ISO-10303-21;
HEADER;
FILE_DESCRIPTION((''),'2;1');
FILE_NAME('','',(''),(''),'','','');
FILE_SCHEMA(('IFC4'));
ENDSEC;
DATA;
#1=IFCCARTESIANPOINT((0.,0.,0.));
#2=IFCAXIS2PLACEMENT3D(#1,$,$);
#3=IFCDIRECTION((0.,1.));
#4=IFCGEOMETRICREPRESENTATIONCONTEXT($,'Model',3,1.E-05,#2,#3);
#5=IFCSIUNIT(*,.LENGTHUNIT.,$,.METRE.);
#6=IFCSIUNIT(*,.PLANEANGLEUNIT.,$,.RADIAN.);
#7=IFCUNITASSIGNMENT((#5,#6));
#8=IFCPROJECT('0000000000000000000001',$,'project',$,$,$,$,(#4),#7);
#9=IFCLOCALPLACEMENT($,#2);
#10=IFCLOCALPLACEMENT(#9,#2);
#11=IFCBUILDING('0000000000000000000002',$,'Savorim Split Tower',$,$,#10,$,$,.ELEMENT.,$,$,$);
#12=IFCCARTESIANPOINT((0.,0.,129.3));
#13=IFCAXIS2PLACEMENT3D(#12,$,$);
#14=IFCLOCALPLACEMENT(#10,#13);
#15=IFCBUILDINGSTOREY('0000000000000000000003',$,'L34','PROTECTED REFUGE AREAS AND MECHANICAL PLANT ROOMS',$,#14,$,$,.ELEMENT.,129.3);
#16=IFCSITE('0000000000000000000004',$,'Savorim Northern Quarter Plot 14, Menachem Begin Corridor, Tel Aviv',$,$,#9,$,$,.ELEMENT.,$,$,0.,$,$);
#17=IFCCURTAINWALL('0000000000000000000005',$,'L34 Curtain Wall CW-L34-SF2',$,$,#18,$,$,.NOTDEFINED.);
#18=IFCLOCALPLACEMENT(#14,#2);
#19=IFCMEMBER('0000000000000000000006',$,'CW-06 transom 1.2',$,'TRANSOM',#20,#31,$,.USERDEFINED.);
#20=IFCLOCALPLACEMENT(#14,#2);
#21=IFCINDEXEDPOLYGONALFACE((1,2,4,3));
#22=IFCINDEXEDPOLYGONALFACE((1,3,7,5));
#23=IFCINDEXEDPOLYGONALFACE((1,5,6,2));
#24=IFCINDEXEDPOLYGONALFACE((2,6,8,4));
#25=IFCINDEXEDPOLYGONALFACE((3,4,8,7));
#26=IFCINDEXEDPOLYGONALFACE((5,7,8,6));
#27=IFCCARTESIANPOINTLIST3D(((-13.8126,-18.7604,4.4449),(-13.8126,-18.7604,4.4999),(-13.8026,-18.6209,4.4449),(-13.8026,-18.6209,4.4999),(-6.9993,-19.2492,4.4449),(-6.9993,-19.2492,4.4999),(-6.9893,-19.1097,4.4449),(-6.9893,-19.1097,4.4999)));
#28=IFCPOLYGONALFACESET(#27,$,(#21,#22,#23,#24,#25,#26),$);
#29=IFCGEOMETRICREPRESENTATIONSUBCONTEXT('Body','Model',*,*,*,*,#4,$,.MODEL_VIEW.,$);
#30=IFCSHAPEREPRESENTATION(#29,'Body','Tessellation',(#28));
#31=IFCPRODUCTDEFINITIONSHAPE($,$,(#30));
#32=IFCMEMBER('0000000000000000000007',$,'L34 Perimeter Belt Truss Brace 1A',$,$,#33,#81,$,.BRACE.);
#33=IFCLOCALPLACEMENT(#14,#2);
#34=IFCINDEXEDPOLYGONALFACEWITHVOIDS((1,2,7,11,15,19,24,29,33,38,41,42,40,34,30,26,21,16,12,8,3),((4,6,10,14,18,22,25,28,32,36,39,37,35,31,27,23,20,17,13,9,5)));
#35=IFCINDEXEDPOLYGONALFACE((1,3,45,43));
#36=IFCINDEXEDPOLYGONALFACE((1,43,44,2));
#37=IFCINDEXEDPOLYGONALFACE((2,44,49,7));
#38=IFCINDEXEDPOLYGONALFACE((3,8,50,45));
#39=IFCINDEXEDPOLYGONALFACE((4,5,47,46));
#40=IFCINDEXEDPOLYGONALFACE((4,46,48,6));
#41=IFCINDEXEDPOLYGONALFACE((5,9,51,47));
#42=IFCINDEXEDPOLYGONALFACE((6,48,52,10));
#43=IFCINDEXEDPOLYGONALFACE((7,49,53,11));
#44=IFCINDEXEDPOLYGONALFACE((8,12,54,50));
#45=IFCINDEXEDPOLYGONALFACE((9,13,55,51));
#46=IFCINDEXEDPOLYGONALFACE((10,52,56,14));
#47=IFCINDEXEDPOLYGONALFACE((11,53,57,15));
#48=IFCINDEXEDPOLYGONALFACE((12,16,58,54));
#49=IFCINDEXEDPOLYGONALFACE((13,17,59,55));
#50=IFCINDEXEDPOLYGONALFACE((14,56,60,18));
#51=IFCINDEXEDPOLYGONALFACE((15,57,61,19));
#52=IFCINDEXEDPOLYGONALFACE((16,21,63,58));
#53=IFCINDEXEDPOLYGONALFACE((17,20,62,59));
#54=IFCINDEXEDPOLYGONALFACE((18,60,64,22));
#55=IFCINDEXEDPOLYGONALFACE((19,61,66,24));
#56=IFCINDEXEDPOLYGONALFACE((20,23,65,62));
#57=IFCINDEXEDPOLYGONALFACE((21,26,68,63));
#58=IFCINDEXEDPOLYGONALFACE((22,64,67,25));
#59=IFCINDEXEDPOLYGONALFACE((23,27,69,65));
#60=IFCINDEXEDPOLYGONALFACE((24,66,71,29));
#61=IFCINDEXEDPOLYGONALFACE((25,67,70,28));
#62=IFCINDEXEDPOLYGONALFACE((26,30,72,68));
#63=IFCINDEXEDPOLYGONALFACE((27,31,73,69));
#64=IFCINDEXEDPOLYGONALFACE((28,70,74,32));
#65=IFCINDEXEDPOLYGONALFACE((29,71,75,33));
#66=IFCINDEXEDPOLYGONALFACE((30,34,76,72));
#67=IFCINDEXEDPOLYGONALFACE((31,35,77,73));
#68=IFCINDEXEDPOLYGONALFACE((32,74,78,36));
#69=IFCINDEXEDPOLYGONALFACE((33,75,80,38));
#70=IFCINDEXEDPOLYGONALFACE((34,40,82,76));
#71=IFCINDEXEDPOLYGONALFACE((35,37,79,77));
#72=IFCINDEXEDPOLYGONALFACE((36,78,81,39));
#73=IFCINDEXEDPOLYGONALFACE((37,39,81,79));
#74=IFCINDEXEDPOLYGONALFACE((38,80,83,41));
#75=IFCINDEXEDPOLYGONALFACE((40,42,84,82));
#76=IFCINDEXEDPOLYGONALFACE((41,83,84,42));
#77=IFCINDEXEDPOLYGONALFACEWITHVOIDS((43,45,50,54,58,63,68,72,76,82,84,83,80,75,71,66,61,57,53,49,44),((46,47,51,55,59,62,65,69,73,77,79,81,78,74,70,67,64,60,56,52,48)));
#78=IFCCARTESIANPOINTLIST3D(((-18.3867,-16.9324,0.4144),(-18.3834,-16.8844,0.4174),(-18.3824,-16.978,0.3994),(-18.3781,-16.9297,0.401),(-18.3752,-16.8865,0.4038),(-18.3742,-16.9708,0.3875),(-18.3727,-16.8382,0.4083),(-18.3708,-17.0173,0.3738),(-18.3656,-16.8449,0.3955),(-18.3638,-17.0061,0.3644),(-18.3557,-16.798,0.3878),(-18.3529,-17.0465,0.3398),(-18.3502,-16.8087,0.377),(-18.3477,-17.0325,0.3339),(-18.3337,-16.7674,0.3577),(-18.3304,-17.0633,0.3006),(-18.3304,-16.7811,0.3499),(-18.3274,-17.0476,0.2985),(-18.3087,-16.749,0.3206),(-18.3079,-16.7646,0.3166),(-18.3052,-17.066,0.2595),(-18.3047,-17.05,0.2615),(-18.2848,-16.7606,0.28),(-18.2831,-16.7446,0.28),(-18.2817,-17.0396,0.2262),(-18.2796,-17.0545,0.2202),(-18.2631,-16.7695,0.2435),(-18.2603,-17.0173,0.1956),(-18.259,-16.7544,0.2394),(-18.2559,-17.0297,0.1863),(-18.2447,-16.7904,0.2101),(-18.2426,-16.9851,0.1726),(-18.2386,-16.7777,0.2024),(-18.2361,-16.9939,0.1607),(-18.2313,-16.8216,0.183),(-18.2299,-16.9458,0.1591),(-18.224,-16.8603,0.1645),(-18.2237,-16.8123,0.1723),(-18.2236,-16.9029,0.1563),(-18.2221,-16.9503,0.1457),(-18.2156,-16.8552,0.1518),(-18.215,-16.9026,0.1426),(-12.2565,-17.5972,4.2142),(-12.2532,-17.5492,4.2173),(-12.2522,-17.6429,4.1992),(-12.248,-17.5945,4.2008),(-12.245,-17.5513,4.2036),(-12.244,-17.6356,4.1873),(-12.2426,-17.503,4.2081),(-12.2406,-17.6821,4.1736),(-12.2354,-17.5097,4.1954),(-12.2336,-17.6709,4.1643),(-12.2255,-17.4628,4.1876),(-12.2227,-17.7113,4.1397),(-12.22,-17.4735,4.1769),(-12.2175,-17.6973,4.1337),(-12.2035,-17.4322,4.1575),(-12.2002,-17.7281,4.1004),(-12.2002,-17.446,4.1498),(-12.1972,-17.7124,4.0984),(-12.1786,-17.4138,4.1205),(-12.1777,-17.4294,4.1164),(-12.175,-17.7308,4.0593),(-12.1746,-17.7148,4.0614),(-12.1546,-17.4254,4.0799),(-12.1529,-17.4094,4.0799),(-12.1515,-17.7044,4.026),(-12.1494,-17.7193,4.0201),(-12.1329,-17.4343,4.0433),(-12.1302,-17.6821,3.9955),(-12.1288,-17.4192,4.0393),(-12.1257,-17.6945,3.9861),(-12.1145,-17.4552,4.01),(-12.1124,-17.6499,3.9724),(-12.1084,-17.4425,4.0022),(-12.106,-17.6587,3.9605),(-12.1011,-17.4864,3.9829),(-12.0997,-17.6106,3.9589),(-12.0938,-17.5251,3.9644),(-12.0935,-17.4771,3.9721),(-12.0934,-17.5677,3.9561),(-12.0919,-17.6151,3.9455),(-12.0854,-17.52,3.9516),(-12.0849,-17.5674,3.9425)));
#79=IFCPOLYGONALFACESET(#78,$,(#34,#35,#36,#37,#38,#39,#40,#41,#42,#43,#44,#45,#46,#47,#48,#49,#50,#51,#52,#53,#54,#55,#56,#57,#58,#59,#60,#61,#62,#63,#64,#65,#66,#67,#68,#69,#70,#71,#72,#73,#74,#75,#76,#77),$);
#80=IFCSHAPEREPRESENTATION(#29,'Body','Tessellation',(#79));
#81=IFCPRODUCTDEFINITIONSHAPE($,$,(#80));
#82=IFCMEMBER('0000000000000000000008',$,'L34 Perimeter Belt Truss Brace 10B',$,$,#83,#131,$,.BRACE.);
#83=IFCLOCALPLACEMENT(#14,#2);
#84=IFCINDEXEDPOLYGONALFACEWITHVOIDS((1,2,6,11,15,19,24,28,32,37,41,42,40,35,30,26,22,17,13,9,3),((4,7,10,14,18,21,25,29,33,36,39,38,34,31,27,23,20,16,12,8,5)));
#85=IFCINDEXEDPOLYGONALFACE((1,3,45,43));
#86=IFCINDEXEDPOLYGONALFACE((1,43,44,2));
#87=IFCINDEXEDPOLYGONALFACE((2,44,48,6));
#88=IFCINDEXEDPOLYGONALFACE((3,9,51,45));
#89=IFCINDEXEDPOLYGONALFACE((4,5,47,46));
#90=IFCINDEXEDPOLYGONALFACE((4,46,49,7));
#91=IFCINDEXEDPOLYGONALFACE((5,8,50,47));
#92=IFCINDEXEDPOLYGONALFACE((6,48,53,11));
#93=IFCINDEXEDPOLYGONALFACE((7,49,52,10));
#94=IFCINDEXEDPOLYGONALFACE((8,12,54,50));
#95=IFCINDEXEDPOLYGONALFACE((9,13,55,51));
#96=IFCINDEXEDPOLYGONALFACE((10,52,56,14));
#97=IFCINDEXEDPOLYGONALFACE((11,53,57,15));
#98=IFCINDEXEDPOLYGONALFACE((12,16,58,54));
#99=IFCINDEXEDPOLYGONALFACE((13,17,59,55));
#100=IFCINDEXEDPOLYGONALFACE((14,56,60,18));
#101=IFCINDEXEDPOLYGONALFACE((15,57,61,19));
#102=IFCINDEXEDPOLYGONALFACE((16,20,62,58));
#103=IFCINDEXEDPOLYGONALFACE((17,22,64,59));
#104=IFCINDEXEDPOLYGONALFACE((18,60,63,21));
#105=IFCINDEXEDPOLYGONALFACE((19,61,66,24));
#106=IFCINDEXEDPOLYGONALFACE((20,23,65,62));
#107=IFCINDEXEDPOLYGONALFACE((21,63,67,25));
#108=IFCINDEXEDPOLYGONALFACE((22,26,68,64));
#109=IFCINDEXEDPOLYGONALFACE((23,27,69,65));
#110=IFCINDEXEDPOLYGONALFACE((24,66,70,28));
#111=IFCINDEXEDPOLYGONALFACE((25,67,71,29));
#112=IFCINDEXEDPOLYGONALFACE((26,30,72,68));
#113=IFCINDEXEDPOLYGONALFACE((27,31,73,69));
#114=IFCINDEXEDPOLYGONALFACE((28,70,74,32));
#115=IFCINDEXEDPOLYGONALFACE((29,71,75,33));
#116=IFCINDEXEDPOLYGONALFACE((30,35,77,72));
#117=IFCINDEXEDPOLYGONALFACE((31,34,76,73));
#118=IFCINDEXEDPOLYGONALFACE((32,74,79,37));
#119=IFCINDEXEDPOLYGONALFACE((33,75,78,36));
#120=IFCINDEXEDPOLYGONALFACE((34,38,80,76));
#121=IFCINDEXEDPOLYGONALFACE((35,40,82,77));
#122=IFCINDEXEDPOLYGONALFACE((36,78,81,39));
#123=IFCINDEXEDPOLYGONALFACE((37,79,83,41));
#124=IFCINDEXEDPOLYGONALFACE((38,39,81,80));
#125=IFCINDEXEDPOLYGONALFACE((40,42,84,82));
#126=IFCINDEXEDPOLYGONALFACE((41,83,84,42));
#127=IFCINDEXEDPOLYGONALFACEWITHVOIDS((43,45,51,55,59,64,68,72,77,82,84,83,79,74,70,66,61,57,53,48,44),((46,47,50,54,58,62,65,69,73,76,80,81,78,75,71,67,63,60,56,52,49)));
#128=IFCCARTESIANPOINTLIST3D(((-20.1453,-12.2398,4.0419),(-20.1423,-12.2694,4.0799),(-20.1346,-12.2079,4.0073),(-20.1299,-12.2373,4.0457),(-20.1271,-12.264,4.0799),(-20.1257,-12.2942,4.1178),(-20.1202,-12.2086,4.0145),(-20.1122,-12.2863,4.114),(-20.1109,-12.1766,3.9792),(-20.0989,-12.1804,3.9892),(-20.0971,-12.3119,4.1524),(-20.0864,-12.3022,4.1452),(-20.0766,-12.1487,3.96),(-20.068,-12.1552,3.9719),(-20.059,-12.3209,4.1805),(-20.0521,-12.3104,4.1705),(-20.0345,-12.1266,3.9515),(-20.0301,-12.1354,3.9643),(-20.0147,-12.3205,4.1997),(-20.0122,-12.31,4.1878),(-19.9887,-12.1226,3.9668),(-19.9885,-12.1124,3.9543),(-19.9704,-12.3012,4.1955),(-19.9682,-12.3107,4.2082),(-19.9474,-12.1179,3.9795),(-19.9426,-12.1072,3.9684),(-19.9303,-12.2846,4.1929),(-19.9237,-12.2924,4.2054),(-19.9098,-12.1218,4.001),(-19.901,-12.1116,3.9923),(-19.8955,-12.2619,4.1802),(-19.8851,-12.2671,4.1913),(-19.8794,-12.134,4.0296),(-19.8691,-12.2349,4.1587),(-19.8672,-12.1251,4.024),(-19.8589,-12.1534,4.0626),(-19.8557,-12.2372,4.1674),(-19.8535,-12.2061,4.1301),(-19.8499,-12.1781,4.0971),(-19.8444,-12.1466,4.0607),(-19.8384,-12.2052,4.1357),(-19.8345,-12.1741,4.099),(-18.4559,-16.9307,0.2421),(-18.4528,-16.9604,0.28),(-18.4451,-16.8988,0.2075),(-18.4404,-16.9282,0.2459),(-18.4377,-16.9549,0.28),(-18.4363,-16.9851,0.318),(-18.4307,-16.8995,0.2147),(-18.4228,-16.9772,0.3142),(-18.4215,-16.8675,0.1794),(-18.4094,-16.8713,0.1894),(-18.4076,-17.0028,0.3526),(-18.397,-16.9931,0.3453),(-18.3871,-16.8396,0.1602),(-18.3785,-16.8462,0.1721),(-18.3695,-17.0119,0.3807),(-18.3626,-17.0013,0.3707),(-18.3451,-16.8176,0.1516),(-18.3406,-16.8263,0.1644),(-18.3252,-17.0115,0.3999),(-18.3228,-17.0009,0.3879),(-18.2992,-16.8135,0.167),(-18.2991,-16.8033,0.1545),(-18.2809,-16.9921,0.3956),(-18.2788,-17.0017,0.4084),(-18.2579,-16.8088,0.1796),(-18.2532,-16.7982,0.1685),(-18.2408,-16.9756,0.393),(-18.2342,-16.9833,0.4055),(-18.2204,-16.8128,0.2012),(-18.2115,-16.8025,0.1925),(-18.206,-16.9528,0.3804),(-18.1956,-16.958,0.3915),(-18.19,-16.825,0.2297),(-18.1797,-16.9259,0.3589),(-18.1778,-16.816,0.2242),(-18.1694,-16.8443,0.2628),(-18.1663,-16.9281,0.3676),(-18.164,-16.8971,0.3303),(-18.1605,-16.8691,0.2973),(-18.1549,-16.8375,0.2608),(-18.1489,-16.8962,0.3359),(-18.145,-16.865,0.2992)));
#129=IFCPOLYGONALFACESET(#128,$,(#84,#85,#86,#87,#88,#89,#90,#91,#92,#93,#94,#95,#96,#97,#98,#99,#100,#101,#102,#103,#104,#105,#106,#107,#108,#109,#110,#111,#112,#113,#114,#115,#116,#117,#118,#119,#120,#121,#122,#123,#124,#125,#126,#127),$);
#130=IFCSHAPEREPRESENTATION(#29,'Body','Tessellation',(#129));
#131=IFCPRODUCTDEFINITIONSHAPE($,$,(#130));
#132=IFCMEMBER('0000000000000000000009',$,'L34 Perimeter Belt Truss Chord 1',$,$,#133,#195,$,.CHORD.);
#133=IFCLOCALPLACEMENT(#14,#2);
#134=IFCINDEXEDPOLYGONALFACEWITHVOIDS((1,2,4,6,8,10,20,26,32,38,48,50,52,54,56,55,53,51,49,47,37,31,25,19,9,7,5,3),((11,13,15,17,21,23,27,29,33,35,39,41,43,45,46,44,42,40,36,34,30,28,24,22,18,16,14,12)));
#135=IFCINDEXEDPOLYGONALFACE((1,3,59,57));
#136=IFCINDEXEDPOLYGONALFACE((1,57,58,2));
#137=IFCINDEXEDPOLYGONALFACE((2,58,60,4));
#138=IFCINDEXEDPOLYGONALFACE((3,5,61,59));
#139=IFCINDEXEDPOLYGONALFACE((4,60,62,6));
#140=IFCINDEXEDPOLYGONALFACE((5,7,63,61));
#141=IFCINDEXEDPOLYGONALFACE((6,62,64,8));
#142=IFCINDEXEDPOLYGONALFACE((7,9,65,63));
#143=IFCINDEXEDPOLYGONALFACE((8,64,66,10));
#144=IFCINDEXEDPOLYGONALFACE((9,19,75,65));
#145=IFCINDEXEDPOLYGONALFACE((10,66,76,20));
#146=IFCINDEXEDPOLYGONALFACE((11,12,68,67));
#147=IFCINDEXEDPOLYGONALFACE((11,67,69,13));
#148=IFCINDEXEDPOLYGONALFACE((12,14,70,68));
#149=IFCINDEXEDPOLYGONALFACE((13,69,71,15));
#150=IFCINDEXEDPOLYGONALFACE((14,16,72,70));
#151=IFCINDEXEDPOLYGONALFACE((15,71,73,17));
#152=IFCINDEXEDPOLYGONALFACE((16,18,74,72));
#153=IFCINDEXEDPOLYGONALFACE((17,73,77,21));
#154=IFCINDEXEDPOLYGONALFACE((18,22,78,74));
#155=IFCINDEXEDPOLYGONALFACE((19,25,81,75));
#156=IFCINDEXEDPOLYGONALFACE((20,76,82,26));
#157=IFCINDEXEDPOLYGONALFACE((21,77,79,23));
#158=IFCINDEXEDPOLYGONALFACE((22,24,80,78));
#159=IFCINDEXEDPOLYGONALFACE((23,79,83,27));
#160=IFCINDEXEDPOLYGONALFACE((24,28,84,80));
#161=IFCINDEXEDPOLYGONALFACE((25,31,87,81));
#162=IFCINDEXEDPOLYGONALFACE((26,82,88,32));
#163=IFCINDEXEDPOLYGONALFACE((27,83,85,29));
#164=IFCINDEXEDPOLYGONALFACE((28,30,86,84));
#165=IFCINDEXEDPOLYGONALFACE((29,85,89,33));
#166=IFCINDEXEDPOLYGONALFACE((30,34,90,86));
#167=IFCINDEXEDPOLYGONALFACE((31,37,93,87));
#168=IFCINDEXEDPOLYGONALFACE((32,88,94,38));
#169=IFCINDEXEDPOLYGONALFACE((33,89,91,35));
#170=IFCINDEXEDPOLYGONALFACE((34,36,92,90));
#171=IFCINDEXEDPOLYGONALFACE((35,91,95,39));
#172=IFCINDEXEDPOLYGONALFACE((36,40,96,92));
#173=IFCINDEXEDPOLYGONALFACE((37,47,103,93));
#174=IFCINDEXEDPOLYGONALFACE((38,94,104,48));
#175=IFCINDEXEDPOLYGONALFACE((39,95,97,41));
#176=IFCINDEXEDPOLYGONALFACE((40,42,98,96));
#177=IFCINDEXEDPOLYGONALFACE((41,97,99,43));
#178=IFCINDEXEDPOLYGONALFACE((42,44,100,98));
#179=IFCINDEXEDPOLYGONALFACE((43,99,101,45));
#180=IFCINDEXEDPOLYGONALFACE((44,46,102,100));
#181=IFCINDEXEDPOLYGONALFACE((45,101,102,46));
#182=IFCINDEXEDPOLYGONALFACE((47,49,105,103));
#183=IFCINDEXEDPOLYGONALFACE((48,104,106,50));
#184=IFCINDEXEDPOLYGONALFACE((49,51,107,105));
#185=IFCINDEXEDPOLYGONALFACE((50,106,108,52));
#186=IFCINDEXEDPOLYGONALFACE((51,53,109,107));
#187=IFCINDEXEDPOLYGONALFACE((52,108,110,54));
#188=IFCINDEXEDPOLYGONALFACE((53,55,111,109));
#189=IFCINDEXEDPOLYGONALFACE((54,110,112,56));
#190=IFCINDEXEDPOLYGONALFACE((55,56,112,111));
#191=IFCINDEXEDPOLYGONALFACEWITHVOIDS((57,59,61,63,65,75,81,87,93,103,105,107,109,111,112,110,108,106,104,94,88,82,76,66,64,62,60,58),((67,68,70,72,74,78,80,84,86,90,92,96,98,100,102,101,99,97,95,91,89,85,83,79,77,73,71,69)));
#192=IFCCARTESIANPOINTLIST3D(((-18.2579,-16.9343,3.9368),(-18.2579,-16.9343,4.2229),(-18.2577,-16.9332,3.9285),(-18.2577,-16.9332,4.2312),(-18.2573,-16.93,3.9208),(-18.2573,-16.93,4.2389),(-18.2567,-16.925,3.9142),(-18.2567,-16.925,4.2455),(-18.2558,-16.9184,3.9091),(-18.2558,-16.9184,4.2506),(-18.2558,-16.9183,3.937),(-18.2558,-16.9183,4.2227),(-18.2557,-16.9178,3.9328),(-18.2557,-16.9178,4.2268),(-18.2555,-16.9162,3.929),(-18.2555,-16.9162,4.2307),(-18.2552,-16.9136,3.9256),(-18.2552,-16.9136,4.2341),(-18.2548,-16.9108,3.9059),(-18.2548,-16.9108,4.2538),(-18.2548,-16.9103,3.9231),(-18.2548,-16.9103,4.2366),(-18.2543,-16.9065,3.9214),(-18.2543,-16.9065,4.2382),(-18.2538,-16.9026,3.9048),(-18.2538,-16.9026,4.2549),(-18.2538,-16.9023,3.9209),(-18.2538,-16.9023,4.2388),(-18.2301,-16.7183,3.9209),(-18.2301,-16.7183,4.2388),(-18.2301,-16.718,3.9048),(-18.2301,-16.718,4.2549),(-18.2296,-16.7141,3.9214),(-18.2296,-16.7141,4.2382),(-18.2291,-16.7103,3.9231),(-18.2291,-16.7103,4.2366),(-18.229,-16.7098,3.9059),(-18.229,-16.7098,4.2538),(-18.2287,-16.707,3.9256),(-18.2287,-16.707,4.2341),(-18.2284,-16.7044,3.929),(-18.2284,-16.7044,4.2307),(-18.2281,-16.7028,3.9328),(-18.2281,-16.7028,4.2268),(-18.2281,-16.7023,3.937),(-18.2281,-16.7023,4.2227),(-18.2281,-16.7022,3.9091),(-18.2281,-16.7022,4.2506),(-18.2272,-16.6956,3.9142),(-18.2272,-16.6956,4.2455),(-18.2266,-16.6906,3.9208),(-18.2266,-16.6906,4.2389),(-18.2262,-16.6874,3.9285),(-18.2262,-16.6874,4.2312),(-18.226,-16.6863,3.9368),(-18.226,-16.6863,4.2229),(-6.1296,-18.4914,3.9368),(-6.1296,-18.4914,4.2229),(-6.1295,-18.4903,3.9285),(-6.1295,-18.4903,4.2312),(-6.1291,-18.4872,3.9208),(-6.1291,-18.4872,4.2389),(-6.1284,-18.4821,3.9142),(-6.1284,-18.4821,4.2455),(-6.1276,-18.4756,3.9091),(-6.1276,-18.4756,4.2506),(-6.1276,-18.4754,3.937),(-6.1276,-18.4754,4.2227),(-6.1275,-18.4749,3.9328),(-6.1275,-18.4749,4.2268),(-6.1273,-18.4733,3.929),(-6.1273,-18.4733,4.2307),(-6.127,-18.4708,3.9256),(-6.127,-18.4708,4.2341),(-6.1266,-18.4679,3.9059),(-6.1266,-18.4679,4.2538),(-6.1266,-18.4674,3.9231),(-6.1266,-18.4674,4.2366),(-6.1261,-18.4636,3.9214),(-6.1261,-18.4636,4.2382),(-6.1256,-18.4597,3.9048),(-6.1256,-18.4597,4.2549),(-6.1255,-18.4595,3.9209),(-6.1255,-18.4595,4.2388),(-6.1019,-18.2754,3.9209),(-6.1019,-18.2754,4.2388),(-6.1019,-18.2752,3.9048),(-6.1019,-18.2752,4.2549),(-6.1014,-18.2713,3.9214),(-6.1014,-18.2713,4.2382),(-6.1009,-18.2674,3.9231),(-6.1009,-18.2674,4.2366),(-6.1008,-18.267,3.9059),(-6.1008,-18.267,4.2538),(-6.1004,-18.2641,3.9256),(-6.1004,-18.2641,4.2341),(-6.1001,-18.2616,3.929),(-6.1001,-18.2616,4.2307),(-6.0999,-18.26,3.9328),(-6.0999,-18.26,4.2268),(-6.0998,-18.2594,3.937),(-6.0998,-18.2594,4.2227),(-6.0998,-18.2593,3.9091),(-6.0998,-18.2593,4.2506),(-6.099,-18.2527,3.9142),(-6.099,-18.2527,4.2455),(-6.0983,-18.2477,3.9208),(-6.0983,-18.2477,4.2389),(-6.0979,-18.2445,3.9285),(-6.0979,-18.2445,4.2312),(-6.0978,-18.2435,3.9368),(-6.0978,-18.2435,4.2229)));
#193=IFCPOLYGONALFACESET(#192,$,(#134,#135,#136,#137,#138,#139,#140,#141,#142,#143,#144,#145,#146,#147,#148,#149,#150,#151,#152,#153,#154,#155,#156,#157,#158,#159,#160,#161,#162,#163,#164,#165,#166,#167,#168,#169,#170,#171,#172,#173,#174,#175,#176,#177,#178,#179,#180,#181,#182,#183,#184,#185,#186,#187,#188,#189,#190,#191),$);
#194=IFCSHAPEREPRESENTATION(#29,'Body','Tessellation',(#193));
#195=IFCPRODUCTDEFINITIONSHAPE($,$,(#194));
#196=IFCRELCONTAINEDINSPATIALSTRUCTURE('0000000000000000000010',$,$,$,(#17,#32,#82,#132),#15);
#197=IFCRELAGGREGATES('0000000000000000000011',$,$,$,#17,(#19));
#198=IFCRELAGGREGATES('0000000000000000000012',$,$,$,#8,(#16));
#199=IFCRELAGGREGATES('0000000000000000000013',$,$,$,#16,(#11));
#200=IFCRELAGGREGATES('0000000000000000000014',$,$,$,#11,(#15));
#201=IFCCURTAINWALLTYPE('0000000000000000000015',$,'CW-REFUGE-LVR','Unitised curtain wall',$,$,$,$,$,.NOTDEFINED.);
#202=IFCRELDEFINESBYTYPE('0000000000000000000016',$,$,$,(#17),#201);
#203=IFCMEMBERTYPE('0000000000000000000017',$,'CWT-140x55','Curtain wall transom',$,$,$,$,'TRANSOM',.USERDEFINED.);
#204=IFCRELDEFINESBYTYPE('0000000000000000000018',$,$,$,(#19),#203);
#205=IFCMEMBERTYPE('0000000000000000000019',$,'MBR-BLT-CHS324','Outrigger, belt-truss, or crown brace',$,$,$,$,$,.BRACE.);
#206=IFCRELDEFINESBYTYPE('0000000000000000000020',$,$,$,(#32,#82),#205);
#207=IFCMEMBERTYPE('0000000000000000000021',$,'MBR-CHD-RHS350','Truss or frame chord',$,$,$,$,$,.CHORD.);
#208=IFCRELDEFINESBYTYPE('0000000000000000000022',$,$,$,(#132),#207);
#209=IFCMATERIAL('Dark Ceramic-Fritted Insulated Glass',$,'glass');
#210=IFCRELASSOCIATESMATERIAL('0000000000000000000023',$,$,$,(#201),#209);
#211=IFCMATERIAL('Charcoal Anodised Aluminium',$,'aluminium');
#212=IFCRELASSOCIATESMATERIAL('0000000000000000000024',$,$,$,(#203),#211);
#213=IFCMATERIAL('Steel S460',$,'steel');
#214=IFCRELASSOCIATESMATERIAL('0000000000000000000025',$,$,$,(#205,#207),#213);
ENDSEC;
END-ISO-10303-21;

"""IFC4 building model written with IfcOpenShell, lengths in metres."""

from ifc_helpers import new_model, si_unit, direction, frame, origin, origin_2d, place, context, subcontext, project, spatial, rectangle, hollow_rectangle, hollow_circle, extrude, material, material_profile, profile_set, type_object, element, aggregate, save


model = new_model("IFC4")

# Units and contexts
model_context = context("Model", 3, precision=1e-05, world=origin(), true_north=direction((0.0, 1.0)))
body_context = subcontext(model_context, "Body", "Model", "MODEL_VIEW")
ifc_project = project(units=[si_unit("LENGTHUNIT", "METRE"), si_unit("PLANEANGLEUNIT", "RADIAN")], contexts=[model_context])

# Site, building, storey
site_placement = place(None, origin())
site = spatial("IfcSite", under=ifc_project, at=site_placement, Name="Savorim Northern Quarter Plot 14, Menachem Begin Corridor, Tel Aviv", CompositionType="ELEMENT", RefElevation=0.0)
building_placement = place(site_placement, origin())
building = spatial("IfcBuilding", under=site, at=building_placement, Name="Savorim Split Tower", CompositionType="ELEMENT")
storey_placement = place(building_placement, frame((0.0, 0.0, 129.3)))
storey = spatial("IfcBuildingStorey", under=building, at=storey_placement, Name="L34", Description="PROTECTED REFUGE AREAS AND MECHANICAL PLANT ROOMS", CompositionType="ELEMENT", Elevation=129.3)

# Shared definitions
ifc_material_1 = material(Name="Dark Ceramic-Fritted Insulated Glass", Category="glass")
curtain_wall_type = type_object("IfcCurtainWallType", Name="CW-REFUGE-LVR", Description="Unitised curtain wall", PredefinedType="NOTDEFINED", material=ifc_material_1)
ifc_material_2 = material(Name="Charcoal Anodised Aluminium", Category="aluminium")

# Curtain wall, member
curtain_wall_1_placement = place(storey_placement, origin())
curtain_wall_1 = element("IfcCurtainWall", 1, at=curtain_wall_1_placement, inside=storey, type_object=curtain_wall_type, Name="L34 Curtain Wall CW-L34-SF2", PredefinedType="NOTDEFINED")
ifc_material_profile_1 = material_profile(ifc_material_2, rectangle(XDim=0.1399, YDim=0.0549, at=origin_2d()), Name="ALU-T 140x55")
ifc_profile_set_1 = profile_set([ifc_material_profile_1], Name="Charcoal Anodised Aluminium")
member_type_1 = type_object("IfcMemberType", Name="CWT-140x55", Description="Curtain wall transom", ElementType="TRANSOM", PredefinedType="USERDEFINED", material=ifc_profile_set_1)
member_1_placement = place(storey_placement, frame((-13.8076, -18.6907, 4.4724), z_axis=(0.997437, -0.071554, 0.0), x_axis=(0.071554, 0.997437, 0.0)))
member_1 = element("IfcMember", 2, at=member_1_placement, type_object=member_type_1, Name="CW-06 transom 1.2", ObjectType="TRANSOM", PredefinedType="USERDEFINED", context=body_context, shape_type="SweptSolid", body=[
    extrude(rectangle(XDim=0.1399, YDim=0.0549, at=origin_2d()), origin(), (0.0, 0.0, 1.0), 6.8308),
])
aggregate(curtain_wall_1, [member_1])

# Members
ifc_material_3 = material(Name="Steel S460", Category="steel")
ifc_material_profile_2 = material_profile(ifc_material_3, hollow_circle(Radius=0.1619, WallThickness=0.0161, at=origin_2d()), Name="CHS 323.9x16")
ifc_profile_set_2 = profile_set([ifc_material_profile_2], Name="Steel S460")
member_type_2 = type_object("IfcMemberType", Name="MBR-BLT-CHS324", Description="Outrigger, belt-truss, or crown brace", PredefinedType="BRACE", material=ifc_profile_set_2)
member_2_placement = place(storey_placement, frame((-18.3005, -16.9055, 0.28), z_axis=(0.846369, -0.091786, 0.524628), x_axis=(0.107815, 0.994171, 0.0)))
element("IfcMember", 3, at=member_2_placement, inside=storey, type_object=member_type_2, Name="L34 Perimeter Belt Truss Brace 1A", PredefinedType="BRACE", context=body_context, shape_type="SweptSolid", body=[
    extrude(hollow_circle(Radius=0.1619, WallThickness=0.0161, at=origin_2d()), origin(), (0.0, 0.0, 1.0), 7.2429),
])
member_3_placement = place(storey_placement, frame((-18.3005, -16.9055, 0.28), z_axis=(-0.269503, 0.7483, 0.606148), x_axis=(-0.940841, -0.338848, 0.0)))
element("IfcMember", 4, at=member_3_placement, inside=storey, type_object=member_type_2, Name="L34 Perimeter Belt Truss Brace 10B", PredefinedType="BRACE", context=body_context, shape_type="SweptSolid", body=[
    extrude(hollow_circle(Radius=0.1619, WallThickness=0.0161, at=origin_2d()), origin(), (0.0, 0.0, 1.0), 6.2688),
])
ifc_material_profile_3 = material_profile(ifc_material_3, hollow_rectangle(XDim=0.25, YDim=0.3501, WallThickness=0.0161, InnerFilletRadius=0.0161, OuterFilletRadius=0.032, at=origin_2d()), Name="RHS 350x250x16")
ifc_profile_set_3 = profile_set([ifc_material_profile_3], Name="Steel S460")
member_type_3 = type_object("IfcMemberType", Name="MBR-CHD-RHS350", Description="Truss or frame chord", PredefinedType="CHORD", material=ifc_profile_set_3)
member_4_placement = place(storey_placement, frame((-18.2419, -16.8103, 4.0798), z_axis=(0.991859, -0.127344, 0.0), x_axis=(0.127344, 0.991859, 0.0)))
element("IfcMember", 5, at=member_4_placement, inside=storey, type_object=member_type_3, Name="L34 Perimeter Belt Truss Chord 1", PredefinedType="CHORD", context=body_context, shape_type="SweptSolid", body=[
    extrude(hollow_rectangle(XDim=0.25, YDim=0.3501, WallThickness=0.0161, InnerFilletRadius=0.0161, OuterFilletRadius=0.032, at=origin_2d()), origin(), (0.0, 0.0, 1.0), 12.2278),
])

save(model, "model.ifc")
